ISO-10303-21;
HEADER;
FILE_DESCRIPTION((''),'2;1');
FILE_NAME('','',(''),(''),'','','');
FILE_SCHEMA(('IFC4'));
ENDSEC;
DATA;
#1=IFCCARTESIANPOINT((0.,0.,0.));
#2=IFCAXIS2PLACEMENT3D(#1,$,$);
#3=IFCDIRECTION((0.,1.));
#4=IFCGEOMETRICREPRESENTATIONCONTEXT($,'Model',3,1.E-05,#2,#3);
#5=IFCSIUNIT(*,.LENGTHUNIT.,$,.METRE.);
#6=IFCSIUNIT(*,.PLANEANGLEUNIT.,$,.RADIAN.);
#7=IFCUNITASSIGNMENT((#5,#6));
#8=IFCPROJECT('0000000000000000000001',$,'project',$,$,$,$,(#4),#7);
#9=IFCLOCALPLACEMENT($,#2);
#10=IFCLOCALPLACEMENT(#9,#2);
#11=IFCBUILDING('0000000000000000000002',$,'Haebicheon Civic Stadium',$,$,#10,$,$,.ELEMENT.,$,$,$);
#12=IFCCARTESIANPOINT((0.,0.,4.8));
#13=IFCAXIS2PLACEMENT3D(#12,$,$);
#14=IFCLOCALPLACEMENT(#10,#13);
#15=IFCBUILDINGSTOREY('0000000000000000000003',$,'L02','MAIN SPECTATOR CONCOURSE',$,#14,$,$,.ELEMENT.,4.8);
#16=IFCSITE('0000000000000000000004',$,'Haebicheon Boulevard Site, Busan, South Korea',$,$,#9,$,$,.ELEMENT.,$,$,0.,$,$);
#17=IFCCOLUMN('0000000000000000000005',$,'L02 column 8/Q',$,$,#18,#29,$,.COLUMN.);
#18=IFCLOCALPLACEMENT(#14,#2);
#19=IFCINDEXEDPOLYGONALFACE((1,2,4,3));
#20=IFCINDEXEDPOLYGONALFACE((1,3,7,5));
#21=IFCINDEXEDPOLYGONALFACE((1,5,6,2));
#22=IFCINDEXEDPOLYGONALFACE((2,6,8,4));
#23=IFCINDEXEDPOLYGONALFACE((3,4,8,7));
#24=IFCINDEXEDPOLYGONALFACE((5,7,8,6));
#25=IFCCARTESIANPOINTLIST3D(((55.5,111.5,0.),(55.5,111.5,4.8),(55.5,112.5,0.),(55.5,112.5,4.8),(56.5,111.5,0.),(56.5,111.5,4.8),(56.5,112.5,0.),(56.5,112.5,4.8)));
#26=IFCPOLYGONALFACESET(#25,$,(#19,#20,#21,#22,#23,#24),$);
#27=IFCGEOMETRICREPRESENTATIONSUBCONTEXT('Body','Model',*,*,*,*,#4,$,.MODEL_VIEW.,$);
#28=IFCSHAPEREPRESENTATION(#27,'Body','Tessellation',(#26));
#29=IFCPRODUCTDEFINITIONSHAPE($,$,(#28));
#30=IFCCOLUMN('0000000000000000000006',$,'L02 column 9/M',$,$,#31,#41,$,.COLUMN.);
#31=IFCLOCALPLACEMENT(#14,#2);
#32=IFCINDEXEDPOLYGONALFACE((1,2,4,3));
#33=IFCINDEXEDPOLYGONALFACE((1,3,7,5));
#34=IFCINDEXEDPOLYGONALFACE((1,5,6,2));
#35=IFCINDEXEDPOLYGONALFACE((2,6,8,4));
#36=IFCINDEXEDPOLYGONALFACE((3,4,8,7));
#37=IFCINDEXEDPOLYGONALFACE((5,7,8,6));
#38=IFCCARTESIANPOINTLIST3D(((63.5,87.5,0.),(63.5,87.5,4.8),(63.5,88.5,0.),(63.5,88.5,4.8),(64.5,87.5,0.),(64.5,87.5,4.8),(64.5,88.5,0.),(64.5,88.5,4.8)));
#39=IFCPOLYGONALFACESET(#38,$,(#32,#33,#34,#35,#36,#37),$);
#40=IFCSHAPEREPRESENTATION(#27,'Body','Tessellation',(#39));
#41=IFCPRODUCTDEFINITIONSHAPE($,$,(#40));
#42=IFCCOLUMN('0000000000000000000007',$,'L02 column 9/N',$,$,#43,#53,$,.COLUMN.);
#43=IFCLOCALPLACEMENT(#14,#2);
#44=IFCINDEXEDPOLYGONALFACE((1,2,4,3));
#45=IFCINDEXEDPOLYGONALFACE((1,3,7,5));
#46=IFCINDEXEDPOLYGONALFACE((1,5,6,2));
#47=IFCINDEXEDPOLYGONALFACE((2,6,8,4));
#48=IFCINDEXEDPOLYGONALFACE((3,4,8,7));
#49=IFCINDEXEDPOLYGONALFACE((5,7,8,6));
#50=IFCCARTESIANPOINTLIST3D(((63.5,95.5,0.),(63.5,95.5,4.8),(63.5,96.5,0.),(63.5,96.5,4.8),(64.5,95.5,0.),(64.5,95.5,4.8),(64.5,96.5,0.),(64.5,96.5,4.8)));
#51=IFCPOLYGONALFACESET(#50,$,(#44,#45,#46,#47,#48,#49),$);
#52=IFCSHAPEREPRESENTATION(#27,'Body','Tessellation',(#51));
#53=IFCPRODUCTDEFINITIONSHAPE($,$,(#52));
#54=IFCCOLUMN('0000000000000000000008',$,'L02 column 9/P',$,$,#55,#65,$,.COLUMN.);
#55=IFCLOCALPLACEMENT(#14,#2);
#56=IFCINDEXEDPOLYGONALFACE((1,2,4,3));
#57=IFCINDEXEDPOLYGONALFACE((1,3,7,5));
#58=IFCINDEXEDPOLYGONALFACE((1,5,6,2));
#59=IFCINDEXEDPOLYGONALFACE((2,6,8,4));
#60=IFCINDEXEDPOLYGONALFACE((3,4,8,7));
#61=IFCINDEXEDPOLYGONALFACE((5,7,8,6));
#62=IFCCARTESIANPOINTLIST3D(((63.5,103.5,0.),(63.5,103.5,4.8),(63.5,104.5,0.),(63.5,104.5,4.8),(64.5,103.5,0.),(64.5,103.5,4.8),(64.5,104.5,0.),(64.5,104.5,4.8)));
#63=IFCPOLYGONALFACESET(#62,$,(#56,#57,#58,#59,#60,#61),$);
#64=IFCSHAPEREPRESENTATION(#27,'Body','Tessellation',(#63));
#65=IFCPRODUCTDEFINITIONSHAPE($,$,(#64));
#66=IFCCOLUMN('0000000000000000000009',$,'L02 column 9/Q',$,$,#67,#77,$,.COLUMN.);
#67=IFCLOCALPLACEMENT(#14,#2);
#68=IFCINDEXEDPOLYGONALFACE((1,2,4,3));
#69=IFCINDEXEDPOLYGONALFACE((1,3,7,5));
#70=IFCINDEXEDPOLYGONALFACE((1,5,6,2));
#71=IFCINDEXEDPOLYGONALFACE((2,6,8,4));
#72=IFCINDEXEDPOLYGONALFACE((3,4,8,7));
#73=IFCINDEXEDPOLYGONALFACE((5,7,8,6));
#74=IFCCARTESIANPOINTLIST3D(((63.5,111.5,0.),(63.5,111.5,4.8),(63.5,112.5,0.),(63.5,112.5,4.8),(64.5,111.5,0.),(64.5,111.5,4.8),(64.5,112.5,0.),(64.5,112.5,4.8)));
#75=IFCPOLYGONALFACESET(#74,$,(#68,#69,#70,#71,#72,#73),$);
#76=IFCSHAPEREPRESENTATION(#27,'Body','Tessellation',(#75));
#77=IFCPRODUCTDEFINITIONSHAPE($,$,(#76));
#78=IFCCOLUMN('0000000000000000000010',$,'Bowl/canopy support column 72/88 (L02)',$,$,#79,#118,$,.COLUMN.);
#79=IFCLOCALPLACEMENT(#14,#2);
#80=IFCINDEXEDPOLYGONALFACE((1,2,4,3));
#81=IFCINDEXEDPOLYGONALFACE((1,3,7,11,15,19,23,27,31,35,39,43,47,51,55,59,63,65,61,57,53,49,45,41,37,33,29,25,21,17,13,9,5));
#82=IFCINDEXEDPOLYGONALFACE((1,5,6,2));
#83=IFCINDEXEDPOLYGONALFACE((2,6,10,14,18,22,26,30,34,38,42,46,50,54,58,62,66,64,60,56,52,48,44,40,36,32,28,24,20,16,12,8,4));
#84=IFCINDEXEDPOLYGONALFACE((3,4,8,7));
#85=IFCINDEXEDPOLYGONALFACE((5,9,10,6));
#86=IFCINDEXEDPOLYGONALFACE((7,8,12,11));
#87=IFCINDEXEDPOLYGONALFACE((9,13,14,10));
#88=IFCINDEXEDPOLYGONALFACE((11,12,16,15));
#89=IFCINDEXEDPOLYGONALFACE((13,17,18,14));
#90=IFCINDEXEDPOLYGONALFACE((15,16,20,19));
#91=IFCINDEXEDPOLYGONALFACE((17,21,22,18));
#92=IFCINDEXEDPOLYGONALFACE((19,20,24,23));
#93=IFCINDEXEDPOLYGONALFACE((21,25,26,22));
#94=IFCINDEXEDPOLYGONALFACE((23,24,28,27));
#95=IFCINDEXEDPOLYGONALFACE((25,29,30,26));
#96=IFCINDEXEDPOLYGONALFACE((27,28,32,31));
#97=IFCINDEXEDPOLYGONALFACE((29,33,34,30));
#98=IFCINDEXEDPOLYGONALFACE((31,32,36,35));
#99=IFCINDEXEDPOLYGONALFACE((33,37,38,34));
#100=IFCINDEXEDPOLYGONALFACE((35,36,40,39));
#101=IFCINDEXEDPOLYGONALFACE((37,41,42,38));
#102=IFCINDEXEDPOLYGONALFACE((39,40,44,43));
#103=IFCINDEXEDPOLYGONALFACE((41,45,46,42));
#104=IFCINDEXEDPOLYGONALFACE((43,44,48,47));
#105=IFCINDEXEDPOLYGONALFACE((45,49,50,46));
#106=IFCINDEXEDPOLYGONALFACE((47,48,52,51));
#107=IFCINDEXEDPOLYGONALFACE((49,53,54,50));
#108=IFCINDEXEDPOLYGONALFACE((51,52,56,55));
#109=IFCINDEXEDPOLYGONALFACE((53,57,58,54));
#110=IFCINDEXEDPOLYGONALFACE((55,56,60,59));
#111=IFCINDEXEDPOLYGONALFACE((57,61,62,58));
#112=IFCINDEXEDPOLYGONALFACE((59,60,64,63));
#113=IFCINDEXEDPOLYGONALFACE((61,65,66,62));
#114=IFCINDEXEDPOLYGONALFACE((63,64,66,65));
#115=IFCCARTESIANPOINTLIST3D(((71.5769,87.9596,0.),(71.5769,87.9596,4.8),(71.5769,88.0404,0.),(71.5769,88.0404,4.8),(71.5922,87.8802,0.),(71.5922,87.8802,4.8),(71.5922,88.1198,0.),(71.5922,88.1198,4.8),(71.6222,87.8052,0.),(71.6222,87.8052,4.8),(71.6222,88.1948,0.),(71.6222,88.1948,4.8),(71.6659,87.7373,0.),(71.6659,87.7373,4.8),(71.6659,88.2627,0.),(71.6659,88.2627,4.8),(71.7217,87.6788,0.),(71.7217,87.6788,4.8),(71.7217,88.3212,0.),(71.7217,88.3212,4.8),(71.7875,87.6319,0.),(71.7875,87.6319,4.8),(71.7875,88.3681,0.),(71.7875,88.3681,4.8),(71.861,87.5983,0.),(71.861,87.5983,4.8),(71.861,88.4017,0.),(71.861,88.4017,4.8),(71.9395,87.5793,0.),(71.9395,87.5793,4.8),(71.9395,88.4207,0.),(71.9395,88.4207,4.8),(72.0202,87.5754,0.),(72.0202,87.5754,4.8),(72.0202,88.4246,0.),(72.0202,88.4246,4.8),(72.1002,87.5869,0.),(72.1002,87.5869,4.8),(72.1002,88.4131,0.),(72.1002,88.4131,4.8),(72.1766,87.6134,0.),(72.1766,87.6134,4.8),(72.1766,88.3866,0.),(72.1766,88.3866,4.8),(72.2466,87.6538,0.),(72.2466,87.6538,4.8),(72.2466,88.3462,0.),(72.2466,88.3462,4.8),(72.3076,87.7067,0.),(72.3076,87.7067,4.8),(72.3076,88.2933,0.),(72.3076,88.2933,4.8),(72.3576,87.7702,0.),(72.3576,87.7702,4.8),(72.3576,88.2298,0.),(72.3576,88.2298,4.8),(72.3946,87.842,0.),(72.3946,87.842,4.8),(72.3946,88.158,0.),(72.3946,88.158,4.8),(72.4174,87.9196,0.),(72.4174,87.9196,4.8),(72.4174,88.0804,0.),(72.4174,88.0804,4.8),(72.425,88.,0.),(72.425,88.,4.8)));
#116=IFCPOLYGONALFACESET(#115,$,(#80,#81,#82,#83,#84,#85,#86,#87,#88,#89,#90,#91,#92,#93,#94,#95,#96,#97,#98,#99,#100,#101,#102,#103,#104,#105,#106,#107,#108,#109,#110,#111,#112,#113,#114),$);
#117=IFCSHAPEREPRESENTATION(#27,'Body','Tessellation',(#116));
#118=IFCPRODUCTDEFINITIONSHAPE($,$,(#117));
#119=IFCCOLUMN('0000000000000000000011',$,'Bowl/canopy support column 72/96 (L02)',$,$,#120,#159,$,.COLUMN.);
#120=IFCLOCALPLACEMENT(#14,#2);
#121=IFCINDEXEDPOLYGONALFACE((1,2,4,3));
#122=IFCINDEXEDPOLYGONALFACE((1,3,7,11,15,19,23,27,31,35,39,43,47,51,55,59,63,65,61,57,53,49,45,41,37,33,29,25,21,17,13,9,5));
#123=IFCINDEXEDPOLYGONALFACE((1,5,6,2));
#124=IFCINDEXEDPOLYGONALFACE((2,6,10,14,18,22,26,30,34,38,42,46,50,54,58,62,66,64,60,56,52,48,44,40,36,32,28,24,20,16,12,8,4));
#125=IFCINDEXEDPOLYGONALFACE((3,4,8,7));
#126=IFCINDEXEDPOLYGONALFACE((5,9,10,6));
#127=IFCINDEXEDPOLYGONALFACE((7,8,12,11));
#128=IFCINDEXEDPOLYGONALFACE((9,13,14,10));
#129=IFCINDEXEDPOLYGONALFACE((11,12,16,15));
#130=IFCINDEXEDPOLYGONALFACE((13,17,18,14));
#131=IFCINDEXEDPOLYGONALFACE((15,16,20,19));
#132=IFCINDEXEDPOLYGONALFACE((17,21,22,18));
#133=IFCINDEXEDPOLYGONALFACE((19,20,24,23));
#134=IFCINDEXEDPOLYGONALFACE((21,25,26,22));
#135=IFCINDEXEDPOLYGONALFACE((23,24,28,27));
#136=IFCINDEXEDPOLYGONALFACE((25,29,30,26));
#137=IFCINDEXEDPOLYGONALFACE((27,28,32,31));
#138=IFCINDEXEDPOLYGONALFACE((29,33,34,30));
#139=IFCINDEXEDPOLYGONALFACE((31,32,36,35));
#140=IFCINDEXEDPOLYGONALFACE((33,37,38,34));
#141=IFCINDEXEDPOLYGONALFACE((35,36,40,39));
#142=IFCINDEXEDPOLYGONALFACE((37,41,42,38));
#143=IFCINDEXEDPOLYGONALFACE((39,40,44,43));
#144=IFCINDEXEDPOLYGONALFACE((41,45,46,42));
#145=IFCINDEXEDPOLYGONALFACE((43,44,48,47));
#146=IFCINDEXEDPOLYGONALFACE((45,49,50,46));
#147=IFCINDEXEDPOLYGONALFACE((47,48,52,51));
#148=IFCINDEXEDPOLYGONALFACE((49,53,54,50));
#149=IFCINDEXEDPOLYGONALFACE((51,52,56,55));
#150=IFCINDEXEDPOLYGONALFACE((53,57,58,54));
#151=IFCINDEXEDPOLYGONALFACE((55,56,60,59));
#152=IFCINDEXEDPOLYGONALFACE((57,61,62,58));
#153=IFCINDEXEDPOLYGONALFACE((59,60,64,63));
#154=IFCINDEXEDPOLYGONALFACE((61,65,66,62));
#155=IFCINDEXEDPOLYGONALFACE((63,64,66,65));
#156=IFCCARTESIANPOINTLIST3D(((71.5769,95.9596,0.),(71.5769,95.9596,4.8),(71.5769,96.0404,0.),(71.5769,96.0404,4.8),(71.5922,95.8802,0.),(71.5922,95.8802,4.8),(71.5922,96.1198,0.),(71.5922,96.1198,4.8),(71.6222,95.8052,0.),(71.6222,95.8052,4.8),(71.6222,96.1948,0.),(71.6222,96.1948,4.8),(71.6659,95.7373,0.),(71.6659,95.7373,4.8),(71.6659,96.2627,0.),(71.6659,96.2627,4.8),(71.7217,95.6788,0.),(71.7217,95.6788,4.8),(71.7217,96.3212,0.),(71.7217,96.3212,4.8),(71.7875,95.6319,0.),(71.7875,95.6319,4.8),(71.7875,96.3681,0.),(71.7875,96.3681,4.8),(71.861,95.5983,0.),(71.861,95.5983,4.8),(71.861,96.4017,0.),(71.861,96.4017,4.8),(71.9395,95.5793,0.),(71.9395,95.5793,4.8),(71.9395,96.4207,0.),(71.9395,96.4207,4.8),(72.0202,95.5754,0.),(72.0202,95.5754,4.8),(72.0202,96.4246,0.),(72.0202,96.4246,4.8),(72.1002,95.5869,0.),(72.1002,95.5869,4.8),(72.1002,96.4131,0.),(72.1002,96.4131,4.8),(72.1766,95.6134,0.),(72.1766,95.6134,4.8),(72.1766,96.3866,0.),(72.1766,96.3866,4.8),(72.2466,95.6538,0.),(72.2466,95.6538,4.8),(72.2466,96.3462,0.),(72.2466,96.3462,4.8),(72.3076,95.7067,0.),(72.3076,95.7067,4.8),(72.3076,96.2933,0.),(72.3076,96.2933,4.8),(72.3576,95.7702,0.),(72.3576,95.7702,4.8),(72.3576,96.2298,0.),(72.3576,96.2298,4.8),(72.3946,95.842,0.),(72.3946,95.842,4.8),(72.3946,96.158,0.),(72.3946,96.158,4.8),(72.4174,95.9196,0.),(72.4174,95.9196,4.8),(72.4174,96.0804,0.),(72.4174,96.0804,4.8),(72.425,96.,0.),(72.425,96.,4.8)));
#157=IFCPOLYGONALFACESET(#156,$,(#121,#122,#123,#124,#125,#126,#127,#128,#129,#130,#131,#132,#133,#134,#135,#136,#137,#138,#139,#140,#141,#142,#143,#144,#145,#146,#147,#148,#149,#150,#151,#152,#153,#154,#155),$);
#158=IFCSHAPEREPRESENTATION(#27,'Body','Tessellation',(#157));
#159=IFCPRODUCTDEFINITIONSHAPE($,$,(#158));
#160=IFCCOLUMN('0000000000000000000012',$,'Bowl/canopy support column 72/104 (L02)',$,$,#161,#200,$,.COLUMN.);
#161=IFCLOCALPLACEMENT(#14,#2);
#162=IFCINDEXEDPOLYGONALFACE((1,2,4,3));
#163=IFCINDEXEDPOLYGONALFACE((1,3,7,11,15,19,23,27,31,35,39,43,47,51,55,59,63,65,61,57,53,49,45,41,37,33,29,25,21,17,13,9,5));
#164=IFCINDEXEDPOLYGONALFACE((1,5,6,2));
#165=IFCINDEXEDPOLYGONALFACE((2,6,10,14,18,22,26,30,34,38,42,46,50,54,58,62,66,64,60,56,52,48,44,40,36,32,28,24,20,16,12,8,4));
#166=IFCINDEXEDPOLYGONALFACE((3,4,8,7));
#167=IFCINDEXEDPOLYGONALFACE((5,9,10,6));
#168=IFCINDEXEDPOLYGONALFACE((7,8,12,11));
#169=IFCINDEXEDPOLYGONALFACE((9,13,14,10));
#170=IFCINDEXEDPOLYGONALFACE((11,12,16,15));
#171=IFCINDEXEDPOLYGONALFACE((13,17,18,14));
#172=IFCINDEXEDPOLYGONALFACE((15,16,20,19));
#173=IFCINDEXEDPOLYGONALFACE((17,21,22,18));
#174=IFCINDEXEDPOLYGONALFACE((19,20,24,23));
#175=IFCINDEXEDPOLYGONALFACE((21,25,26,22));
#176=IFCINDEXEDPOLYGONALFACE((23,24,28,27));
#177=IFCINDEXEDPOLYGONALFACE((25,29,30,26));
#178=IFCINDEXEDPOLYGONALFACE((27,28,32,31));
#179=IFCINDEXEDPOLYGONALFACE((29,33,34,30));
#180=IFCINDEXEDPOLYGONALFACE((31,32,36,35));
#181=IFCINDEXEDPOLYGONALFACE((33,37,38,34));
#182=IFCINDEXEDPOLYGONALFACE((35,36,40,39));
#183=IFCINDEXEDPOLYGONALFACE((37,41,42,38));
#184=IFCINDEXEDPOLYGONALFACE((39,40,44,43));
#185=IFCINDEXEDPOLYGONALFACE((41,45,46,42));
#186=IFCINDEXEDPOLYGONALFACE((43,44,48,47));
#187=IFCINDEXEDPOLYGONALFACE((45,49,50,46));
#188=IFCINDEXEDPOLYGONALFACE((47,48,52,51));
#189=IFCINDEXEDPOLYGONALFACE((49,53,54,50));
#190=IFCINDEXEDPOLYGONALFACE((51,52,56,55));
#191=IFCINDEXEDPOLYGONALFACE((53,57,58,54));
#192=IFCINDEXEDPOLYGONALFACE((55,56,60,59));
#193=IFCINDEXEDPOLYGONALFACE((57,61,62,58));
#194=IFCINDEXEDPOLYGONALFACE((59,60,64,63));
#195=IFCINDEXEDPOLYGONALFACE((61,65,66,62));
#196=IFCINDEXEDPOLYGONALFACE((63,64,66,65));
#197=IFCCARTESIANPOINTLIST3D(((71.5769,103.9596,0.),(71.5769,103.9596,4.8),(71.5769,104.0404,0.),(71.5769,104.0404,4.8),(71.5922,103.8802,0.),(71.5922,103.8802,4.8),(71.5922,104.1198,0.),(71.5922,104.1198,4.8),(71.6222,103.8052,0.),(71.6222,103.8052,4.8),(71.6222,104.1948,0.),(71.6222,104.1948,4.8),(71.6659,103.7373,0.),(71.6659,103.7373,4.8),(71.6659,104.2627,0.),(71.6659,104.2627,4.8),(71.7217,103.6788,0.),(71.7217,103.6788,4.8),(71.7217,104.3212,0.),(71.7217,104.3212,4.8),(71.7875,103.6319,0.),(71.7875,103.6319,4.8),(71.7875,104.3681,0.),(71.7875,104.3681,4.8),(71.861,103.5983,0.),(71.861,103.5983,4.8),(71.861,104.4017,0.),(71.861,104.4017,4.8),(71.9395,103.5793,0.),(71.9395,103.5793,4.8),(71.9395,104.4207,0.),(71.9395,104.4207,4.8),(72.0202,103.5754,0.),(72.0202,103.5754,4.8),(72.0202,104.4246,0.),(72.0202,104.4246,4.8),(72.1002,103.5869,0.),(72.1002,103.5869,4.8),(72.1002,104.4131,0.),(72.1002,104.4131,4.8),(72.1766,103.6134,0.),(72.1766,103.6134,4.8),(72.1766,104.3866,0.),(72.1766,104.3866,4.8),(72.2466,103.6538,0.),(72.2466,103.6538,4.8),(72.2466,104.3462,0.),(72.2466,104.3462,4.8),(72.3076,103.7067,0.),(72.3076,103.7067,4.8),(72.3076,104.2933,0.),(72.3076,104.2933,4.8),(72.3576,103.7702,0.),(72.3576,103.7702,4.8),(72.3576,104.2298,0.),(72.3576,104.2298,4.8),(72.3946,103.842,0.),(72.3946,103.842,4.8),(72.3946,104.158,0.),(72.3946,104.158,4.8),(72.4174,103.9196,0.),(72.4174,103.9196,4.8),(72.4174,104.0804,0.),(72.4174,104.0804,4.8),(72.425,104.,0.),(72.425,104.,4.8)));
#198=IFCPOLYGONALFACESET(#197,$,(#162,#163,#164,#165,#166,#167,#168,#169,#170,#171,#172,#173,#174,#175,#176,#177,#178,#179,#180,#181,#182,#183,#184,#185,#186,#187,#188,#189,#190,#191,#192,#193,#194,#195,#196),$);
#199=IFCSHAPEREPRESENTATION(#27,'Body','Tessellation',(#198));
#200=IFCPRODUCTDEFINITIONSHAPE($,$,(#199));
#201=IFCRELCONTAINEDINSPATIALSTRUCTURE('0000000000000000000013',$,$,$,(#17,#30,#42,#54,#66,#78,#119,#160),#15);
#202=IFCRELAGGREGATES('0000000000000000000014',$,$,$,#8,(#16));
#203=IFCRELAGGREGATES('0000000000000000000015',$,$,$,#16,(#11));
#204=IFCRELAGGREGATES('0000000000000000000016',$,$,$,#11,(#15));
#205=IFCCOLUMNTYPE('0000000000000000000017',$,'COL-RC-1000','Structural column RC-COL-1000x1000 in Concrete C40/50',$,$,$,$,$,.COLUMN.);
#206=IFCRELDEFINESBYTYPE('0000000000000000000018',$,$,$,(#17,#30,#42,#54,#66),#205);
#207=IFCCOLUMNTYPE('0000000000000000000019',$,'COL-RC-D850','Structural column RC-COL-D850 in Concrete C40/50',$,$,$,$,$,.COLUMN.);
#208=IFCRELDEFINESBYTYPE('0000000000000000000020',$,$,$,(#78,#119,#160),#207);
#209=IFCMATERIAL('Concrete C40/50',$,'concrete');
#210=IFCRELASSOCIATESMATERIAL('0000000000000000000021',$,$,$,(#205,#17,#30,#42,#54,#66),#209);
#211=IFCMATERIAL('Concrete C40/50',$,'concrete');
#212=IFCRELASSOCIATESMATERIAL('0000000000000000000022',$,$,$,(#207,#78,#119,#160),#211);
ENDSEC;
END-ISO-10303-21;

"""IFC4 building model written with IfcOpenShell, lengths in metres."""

from ifc_helpers import new_model, si_unit, direction, frame, origin, origin_2d, place, context, subcontext, project, spatial, rectangle, circle, extrude, material, material_profile, profile_set, type_object, element, save


model = new_model("IFC4")

# Units and contexts
model_context = context("Model", 3, precision=1e-05, world=origin(), true_north=direction((0.0, 1.0)))
body_context = subcontext(model_context, "Body", "Model", "MODEL_VIEW")
ifc_project = project(units=[si_unit("LENGTHUNIT", "METRE"), si_unit("PLANEANGLEUNIT", "RADIAN")], contexts=[model_context])

# Site, building, storey
site_placement = place(None, origin())
site = spatial("IfcSite", under=ifc_project, at=site_placement, Name="Haebicheon Boulevard Site, Busan, South Korea", CompositionType="ELEMENT", RefElevation=0.0)
building_placement = place(site_placement, origin())
building = spatial("IfcBuilding", under=site, at=building_placement, Name="Haebicheon Civic Stadium", CompositionType="ELEMENT")
storey_placement = place(building_placement, frame((0.0, 0.0, 4.8)))
storey = spatial("IfcBuildingStorey", under=building, at=storey_placement, Name="L02", Description="MAIN SPECTATOR CONCOURSE", CompositionType="ELEMENT", Elevation=4.8)

# Columns
ifc_material_1 = material(Name="Concrete C40/50", Category="concrete")
ifc_material_profile_1 = material_profile(ifc_material_1, rectangle(XDim=1.0, YDim=1.0, at=origin_2d()), Name="RC-COL-1000x1000")
ifc_profile_set_1 = profile_set([ifc_material_profile_1], Name="Concrete C40/50")
column_type_1 = type_object("IfcColumnType", Name="COL-RC-1000", Description="Structural column RC-COL-1000x1000 in Concrete C40/50", PredefinedType="COLUMN", material=ifc_profile_set_1)
for number, where, z_axis, x_axis, name in (
    (1, (56.0, 112.0, 0.0), (0.0, 0.0, 1.0), (1.0, 0.0, 0.0), "L02 column 8/Q"),
    (2, (64.0, 88.0, 0.0), (0.0, 0.0, 1.0), (1.0, 0.0, 0.0), "L02 column 9/M"),
    (3, (64.0, 96.0, 0.0), (0.0, 0.0, 1.0), (1.0, 0.0, 0.0), "L02 column 9/N"),
    (4, (64.0, 104.0, 0.0), (0.0, 0.0, 1.0), (1.0, 0.0, 0.0), "L02 column 9/P"),
    (5, (64.0, 112.0, 0.0), (0.0, 0.0, 1.0), (1.0, 0.0, 0.0), "L02 column 9/Q"),
):
    element("IfcColumn", number, at=place(storey_placement, frame(where, z_axis=z_axis, x_axis=x_axis)), inside=storey, type_object=column_type_1, material=ifc_profile_set_1, Name=name, PredefinedType="COLUMN", context=body_context, shape_type="SweptSolid", body=[
        extrude(rectangle(XDim=1.0, YDim=1.0, at=origin_2d()), origin(), (0.0, 0.0, 1.0), 4.8),
    ])
ifc_material_2 = material(Name="Concrete C40/50", Category="concrete")
ifc_material_profile_2 = material_profile(ifc_material_2, circle(Radius=0.425, at=origin_2d()), Name="RC-COL-D850")
ifc_profile_set_2 = profile_set([ifc_material_profile_2], Name="Concrete C40/50")
column_type_2 = type_object("IfcColumnType", Name="COL-RC-D850", Description="Structural column RC-COL-D850 in Concrete C40/50", PredefinedType="COLUMN", material=ifc_profile_set_2)
for number, where, z_axis, x_axis, name in (
    (6, (72.0, 88.0, 0.0), (0.0, 0.0, 1.0), (1.0, 0.0, 0.0), "Bowl/canopy support column 72/88 (L02)"),
    (7, (72.0, 96.0, 0.0), (0.0, 0.0, 1.0), (1.0, 0.0, 0.0), "Bowl/canopy support column 72/96 (L02)"),
    (8, (72.0, 104.0, 0.0), (0.0, 0.0, 1.0), (1.0, 0.0, 0.0), "Bowl/canopy support column 72/104 (L02)"),
):
    element("IfcColumn", number, at=place(storey_placement, frame(where, z_axis=z_axis, x_axis=x_axis)), inside=storey, type_object=column_type_2, material=ifc_profile_set_2, Name=name, PredefinedType="COLUMN", context=body_context, shape_type="SweptSolid", body=[
        extrude(circle(Radius=0.425, at=origin_2d()), origin(), (0.0, 0.0, 1.0), 4.8),
    ])

save(model, "model.ifc")
